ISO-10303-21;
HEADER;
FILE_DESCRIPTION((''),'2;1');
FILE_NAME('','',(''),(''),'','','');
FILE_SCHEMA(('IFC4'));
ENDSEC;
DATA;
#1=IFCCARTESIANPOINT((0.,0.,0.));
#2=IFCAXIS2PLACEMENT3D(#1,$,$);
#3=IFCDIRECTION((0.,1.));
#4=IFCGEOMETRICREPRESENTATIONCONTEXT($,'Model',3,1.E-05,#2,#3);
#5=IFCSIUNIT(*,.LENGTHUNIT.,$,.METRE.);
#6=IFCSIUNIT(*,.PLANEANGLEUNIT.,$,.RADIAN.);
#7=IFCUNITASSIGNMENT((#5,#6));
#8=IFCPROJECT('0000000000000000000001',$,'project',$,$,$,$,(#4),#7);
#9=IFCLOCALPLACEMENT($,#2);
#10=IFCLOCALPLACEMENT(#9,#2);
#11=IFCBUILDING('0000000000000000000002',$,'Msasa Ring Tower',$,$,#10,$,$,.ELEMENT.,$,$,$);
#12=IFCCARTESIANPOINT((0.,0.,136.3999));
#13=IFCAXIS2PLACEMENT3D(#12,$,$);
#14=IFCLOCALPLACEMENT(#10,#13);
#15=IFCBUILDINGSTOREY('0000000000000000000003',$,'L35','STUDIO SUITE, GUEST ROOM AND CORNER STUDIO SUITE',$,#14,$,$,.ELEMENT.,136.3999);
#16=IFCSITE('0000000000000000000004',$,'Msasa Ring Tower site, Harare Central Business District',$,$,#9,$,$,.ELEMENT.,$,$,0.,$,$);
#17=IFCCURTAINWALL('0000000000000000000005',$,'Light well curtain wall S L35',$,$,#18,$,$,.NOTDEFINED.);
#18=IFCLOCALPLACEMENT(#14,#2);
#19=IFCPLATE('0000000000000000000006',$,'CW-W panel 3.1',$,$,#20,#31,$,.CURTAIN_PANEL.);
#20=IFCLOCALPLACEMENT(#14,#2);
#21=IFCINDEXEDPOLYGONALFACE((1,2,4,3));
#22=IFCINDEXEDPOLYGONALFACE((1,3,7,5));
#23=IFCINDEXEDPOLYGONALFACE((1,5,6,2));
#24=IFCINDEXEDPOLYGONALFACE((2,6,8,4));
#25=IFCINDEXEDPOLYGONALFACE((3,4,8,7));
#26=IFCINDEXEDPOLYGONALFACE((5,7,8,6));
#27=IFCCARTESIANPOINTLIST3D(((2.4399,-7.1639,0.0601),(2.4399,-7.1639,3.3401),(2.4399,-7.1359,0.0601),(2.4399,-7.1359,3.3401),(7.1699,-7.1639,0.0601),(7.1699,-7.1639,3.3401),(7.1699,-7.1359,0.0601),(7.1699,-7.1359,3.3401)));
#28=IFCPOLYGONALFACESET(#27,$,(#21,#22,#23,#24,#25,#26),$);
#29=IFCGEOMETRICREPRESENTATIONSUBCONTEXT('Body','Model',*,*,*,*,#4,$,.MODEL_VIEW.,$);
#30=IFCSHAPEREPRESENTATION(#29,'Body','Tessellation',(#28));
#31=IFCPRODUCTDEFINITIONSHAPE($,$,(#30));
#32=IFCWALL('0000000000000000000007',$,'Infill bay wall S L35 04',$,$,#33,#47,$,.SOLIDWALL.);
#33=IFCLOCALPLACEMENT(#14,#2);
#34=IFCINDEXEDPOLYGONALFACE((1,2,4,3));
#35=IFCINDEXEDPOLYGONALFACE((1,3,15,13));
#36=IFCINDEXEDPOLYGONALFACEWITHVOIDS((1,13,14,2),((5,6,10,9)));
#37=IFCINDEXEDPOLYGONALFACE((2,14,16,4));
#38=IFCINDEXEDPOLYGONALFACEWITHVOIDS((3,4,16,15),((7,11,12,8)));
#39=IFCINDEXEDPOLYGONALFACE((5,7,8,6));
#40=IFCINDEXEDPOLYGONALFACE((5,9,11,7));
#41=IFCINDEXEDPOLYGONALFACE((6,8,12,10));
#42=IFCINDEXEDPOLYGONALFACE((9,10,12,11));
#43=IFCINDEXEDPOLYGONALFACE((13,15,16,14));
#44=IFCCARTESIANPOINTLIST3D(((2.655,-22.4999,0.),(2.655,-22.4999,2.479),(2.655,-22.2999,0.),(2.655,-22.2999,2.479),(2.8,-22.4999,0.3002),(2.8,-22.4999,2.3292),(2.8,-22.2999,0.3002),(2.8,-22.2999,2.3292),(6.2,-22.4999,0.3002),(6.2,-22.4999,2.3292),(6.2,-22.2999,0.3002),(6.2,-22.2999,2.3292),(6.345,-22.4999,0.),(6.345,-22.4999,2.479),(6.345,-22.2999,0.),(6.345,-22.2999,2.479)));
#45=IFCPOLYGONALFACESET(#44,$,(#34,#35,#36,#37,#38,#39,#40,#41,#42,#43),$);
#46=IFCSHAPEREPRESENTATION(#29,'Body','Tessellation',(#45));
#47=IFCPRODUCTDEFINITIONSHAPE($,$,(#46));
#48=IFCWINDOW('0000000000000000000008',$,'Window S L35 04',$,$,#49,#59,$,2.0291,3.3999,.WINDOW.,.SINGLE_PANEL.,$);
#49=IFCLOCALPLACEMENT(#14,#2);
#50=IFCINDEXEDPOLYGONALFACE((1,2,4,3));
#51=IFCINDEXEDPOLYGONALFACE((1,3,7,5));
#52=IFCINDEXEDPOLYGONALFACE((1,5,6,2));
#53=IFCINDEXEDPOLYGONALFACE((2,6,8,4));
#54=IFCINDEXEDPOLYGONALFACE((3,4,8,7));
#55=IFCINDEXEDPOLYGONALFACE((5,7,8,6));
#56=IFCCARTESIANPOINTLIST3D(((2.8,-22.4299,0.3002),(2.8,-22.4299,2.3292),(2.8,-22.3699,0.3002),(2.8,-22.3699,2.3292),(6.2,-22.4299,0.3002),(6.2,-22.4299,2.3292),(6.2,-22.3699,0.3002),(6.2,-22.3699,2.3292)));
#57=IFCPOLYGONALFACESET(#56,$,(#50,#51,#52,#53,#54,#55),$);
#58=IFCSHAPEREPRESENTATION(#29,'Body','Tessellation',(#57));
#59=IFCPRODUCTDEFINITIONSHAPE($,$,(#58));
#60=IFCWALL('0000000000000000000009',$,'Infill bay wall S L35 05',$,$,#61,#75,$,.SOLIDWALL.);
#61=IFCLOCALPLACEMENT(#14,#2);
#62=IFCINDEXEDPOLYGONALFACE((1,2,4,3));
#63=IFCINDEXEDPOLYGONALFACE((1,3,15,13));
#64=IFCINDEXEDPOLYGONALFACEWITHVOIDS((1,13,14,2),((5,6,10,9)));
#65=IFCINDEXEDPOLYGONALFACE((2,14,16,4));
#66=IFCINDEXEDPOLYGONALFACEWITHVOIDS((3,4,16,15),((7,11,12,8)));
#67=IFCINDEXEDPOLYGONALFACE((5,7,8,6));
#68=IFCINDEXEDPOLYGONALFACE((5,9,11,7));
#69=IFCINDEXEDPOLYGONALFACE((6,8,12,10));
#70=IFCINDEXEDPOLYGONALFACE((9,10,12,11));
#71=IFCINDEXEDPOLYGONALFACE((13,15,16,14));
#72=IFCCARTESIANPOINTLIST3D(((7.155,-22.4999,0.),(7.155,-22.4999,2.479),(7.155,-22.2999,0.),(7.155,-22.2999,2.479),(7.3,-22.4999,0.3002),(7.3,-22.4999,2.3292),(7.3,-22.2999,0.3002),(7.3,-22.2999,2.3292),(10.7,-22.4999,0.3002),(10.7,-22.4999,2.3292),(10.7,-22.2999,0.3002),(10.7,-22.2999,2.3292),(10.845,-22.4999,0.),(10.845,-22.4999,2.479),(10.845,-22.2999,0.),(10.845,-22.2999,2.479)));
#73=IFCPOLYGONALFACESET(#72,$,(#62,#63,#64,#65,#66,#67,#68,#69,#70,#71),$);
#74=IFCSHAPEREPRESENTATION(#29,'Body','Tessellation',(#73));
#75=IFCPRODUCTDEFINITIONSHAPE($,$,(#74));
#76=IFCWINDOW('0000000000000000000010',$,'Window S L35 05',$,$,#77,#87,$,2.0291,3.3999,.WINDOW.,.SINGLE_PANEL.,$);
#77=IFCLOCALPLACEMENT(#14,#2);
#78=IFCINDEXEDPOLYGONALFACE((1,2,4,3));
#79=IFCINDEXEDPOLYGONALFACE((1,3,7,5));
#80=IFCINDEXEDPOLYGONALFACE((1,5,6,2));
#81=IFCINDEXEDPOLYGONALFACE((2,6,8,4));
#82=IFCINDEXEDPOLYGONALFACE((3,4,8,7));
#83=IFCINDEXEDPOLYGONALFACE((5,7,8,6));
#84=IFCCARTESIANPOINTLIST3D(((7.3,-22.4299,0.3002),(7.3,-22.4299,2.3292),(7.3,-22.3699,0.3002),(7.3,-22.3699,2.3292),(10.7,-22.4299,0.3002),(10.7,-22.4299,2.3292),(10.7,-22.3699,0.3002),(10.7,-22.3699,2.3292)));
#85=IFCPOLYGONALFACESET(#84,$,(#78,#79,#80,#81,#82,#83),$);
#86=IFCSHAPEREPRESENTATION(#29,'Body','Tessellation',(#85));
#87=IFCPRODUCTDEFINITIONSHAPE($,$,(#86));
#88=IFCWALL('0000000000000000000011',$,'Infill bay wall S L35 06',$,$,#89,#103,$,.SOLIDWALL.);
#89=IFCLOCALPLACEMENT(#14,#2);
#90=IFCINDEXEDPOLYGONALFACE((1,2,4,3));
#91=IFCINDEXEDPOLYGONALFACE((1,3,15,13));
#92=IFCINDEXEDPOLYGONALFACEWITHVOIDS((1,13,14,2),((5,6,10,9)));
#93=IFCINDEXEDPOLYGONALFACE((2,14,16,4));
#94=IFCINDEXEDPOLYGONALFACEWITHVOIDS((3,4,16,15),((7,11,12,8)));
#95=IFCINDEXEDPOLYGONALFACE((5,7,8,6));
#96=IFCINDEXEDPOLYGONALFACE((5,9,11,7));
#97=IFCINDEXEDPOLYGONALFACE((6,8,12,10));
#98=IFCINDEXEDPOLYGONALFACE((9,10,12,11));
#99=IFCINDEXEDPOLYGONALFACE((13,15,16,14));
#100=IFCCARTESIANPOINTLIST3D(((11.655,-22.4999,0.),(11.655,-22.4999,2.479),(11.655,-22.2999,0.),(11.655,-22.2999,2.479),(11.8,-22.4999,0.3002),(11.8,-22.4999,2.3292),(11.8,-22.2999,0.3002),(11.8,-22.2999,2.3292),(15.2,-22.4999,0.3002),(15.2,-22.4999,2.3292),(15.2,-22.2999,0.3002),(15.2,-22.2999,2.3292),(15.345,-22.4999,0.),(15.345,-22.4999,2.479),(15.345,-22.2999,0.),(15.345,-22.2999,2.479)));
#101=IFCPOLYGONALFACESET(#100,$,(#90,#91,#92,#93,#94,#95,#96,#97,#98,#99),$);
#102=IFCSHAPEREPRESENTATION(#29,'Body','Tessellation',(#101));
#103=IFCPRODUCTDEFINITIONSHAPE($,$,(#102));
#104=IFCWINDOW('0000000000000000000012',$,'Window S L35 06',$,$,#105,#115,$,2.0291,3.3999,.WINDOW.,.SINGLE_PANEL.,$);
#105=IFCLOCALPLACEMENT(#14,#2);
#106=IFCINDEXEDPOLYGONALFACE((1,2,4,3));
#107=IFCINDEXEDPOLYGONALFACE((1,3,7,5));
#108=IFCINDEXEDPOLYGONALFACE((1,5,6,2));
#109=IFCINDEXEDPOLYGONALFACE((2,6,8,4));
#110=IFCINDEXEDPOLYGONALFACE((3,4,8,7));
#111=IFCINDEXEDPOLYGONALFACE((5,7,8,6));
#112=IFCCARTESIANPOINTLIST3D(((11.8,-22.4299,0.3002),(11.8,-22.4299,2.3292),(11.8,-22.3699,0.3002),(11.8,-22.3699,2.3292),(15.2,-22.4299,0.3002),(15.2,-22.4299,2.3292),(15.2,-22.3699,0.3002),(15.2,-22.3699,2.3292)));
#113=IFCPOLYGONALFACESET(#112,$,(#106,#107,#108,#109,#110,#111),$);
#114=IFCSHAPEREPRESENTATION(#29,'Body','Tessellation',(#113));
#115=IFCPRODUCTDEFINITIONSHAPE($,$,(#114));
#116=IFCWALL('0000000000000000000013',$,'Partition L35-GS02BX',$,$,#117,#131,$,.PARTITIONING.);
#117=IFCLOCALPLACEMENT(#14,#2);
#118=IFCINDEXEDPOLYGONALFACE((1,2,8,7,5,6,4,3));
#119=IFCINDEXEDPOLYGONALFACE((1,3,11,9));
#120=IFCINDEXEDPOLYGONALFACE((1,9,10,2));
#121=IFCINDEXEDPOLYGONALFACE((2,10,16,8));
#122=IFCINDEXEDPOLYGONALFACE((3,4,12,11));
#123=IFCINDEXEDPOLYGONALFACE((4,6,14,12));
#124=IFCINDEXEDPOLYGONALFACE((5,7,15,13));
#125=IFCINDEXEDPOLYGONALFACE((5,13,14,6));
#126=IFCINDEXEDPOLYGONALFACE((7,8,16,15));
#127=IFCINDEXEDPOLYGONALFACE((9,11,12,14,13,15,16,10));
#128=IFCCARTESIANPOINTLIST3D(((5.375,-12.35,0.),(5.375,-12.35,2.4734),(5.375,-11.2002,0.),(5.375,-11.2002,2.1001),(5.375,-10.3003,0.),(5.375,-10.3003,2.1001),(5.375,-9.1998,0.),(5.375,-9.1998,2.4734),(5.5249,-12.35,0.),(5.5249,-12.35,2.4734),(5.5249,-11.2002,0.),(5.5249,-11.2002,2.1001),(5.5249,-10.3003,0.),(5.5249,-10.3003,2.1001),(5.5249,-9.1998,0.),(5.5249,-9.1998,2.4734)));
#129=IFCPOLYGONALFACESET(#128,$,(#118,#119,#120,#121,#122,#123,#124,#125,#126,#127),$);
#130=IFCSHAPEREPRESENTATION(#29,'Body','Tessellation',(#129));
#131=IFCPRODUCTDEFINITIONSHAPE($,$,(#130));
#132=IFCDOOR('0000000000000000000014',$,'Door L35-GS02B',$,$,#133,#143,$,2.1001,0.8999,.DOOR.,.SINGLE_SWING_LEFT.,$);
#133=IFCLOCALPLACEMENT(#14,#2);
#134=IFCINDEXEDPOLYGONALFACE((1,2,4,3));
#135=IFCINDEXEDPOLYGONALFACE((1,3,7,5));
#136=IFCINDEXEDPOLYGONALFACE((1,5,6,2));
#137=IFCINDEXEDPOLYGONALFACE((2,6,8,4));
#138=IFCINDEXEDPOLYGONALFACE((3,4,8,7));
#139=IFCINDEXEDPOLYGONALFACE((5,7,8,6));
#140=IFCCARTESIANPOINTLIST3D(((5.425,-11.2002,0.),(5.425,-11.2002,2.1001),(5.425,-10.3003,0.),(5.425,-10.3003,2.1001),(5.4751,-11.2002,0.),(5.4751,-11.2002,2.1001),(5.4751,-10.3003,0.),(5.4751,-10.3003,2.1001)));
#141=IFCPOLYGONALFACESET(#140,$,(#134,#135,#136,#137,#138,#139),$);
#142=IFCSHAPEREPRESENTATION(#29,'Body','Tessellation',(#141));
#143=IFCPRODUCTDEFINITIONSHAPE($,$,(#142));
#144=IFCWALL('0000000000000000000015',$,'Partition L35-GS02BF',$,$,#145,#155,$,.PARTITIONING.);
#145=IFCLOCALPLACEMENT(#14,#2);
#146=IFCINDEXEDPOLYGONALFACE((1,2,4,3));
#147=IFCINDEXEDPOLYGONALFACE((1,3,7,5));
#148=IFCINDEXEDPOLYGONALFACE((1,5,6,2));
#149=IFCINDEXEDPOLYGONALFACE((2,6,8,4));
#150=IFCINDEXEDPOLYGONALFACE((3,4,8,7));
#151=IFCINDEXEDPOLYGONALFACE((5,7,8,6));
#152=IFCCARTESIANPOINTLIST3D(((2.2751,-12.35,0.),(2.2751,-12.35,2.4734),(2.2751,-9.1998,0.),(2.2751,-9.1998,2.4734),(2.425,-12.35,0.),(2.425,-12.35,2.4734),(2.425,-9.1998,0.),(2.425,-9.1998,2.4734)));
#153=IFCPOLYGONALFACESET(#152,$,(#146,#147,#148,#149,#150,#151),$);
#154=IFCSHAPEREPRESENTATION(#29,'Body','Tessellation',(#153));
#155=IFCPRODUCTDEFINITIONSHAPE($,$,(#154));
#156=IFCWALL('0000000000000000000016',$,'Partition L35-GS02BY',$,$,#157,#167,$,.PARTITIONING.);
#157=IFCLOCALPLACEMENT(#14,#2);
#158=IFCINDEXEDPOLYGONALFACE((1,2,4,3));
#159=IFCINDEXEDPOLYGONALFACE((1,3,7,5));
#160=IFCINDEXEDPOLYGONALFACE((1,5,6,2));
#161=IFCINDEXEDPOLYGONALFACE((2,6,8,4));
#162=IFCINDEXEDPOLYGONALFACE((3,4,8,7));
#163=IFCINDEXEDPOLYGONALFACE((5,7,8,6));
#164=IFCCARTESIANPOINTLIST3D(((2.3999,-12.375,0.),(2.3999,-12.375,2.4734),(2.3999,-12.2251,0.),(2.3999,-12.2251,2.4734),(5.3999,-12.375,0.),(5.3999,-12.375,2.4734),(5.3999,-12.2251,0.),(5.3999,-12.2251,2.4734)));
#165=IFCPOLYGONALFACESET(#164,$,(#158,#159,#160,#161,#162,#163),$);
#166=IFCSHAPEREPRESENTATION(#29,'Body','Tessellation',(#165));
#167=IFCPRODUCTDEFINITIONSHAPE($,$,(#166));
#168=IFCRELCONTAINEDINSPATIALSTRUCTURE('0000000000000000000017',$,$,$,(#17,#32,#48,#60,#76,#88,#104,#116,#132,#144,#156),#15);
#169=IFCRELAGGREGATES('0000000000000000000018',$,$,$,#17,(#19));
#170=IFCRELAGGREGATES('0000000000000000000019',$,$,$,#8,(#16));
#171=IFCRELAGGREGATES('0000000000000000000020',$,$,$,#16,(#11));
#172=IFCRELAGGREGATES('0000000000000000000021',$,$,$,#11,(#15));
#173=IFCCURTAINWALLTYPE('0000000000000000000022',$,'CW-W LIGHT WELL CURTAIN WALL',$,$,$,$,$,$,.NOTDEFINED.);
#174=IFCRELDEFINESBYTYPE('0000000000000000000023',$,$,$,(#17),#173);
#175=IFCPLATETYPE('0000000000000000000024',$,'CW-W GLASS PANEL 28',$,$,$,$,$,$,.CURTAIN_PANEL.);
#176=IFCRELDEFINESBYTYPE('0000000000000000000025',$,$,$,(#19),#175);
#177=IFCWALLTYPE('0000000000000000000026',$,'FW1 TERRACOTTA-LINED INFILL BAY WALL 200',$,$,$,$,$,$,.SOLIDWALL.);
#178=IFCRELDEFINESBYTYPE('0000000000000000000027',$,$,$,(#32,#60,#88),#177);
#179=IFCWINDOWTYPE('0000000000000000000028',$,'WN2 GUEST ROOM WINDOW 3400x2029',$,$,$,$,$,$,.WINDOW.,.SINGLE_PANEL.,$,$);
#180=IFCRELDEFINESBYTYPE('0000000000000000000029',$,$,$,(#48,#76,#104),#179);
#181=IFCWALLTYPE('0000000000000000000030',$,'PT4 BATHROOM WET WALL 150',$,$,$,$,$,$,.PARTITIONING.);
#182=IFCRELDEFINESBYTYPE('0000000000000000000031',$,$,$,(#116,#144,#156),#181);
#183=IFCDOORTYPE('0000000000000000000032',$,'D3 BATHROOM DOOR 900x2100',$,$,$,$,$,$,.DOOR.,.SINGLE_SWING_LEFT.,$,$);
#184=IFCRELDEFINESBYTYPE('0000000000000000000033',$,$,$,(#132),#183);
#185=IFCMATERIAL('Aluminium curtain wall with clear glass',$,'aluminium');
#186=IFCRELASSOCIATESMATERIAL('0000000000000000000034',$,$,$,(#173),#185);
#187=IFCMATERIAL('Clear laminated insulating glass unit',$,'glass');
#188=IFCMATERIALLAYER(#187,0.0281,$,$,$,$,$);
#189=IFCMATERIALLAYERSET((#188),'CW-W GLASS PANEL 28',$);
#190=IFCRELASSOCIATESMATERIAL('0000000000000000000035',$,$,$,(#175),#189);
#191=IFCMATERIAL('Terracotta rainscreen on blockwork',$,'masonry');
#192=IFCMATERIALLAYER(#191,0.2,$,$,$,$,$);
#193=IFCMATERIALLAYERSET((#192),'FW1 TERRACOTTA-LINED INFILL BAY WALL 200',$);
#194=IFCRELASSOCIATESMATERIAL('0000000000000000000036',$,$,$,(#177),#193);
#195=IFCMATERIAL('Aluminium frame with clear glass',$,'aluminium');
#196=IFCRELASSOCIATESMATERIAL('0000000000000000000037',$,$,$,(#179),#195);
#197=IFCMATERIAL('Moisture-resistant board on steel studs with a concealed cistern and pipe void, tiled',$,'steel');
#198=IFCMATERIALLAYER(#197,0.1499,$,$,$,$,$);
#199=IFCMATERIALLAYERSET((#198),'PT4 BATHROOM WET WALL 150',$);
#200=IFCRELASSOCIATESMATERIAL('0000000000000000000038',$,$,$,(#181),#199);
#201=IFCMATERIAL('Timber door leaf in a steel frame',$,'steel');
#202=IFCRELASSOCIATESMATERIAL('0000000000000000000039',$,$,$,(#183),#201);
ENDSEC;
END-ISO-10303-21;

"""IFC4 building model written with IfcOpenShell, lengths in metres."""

from ifc_helpers import new_model, si_unit, direction, frame, frame_2d, origin, origin_2d, place, context, subcontext, project, spatial, rectangle, extrude, material, layer, layer_set, type_object, element, fill, aggregate, save


model = new_model("IFC4")

# Units and contexts
model_context = context("Model", 3, precision=1e-05, world=origin(), true_north=direction((0.0, 1.0)))
body_context = subcontext(model_context, "Body", "Model", "MODEL_VIEW")
ifc_project = project(units=[si_unit("LENGTHUNIT", "METRE"), si_unit("PLANEANGLEUNIT", "RADIAN")], contexts=[model_context])

# Site, building, storey
site_placement = place(None, origin())
site = spatial("IfcSite", under=ifc_project, at=site_placement, Name="Msasa Ring Tower site, Harare Central Business District", CompositionType="ELEMENT", RefElevation=0.0)
building_placement = place(site_placement, origin())
building = spatial("IfcBuilding", under=site, at=building_placement, Name="Msasa Ring Tower", CompositionType="ELEMENT")
storey_placement = place(building_placement, frame((0.0, 0.0, 136.3999)))
storey = spatial("IfcBuildingStorey", under=building, at=storey_placement, Name="L35", Description="STUDIO SUITE, GUEST ROOM AND CORNER STUDIO SUITE", CompositionType="ELEMENT", Elevation=136.3999)

# Curtain wall
ifc_material_1 = material(Name="Aluminium curtain wall with clear glass", Category="aluminium")
curtain_wall_type = type_object("IfcCurtainWallType", Name="CW-W LIGHT WELL CURTAIN WALL", PredefinedType="NOTDEFINED", material=ifc_material_1)
curtain_wall_placement = place(storey_placement, origin())
curtain_wall = element("IfcCurtainWall", 1, at=curtain_wall_placement, inside=storey, type_object=curtain_wall_type, Name="Light well curtain wall S L35", PredefinedType="NOTDEFINED")

# Plate
ifc_material_2 = material(Name="Clear laminated insulating glass unit", Category="glass")
ifc_layer_1 = layer(ifc_material_2, 0.0281)
ifc_layer_set_1 = layer_set([ifc_layer_1], Name="CW-W GLASS PANEL 28")
plate_type = type_object("IfcPlateType", Name="CW-W GLASS PANEL 28", PredefinedType="CURTAIN_PANEL", material=ifc_layer_set_1)
plate_placement = place(storey_placement, frame((4.8049, -7.1499, 0.0601), z_axis=(0.0, 0.0, 1.0), x_axis=(1.0, 0.0, 0.0)))
plate = element("IfcPlate", 2, at=plate_placement, type_object=plate_type, Name="CW-W panel 3.1", PredefinedType="CURTAIN_PANEL", context=body_context, shape_type="SweptSolid", body=[
    extrude(rectangle(XDim=4.73, YDim=0.0281, at=origin_2d()), origin(), (0.0, 0.0, 1.0), 3.28),
])
aggregate(curtain_wall, [plate])

# Walls, openings, windows
ifc_material_3 = material(Name="Terracotta rainscreen on blockwork", Category="masonry")
ifc_layer_2 = layer(ifc_material_3, 0.2)
ifc_layer_set_2 = layer_set([ifc_layer_2], Name="FW1 TERRACOTTA-LINED INFILL BAY WALL 200")
wall_type_1 = type_object("IfcWallType", Name="FW1 TERRACOTTA-LINED INFILL BAY WALL 200", PredefinedType="SOLIDWALL", material=ifc_layer_set_2)
wall_1_placement = place(storey_placement, frame((2.655, -22.3999, 0.0), z_axis=(0.0, 0.0, 1.0), x_axis=(1.0, 0.0, 0.0)))
wall_1 = element("IfcWall", 3, at=wall_1_placement, inside=storey, type_object=wall_type_1, Name="Infill bay wall S L35 04", PredefinedType="SOLIDWALL", context=body_context, shape_type="SweptSolid", body=[
    extrude(rectangle(XDim=3.6899, YDim=0.2, at=frame_2d((1.845, 0.0))), origin(), (0.0, 0.0, 1.0), 2.479),
])
opening_1_placement = place(wall_1_placement, frame((0.145, 0.0, 0.3)))
opening_1 = element("IfcOpeningElement", 4, at=opening_1_placement, cuts=wall_1, PredefinedType="OPENING", context=body_context, shape_type="SweptSolid", body=[
    extrude(rectangle(XDim=3.3999, YDim=2.0291, at=frame_2d((1.7, 1.0146))), frame((0.0, 0.1099, 0.0), z_axis=(0.0, -1.0, 0.0), x_axis=(1.0, 0.0, 0.0)), (0.0, 0.0, 1.0), 0.22),
])
ifc_material_4 = material(Name="Aluminium frame with clear glass", Category="aluminium")
window_type = type_object("IfcWindowType", Name="WN2 GUEST ROOM WINDOW 3400x2029", PartitioningType="SINGLE_PANEL", PredefinedType="WINDOW", material=ifc_material_4)
window_1_placement = place(opening_1_placement, origin())
window_1 = element("IfcWindow", 5, at=window_1_placement, inside=storey, type_object=window_type, Name="Window S L35 04", OverallHeight=2.0291, OverallWidth=3.3999, PartitioningType="SINGLE_PANEL", PredefinedType="WINDOW", context=body_context, shape_type="SweptSolid", body=[
    extrude(rectangle(XDim=3.3999, YDim=2.0291, at=frame_2d((1.7, 1.0146))), frame((0.0, 0.03, 0.0), z_axis=(0.0, -1.0, 0.0), x_axis=(1.0, 0.0, 0.0)), (0.0, 0.0, 1.0), 0.0601),
])
fill(opening_1, window_1)
wall_2_placement = place(storey_placement, frame((7.155, -22.3999, 0.0), z_axis=(0.0, 0.0, 1.0), x_axis=(1.0, 0.0, 0.0)))
wall_2 = element("IfcWall", 6, at=wall_2_placement, inside=storey, type_object=wall_type_1, Name="Infill bay wall S L35 05", PredefinedType="SOLIDWALL", context=body_context, shape_type="SweptSolid", body=[
    extrude(rectangle(XDim=3.6899, YDim=0.2, at=frame_2d((1.845, 0.0))), origin(), (0.0, 0.0, 1.0), 2.479),
])
opening_2_placement = place(wall_2_placement, frame((0.145, 0.0, 0.3)))
opening_2 = element("IfcOpeningElement", 7, at=opening_2_placement, cuts=wall_2, PredefinedType="OPENING", context=body_context, shape_type="SweptSolid", body=[
    extrude(rectangle(XDim=3.3999, YDim=2.0291, at=frame_2d((1.7, 1.0146))), frame((0.0, 0.1099, 0.0), z_axis=(0.0, -1.0, 0.0), x_axis=(1.0, 0.0, 0.0)), (0.0, 0.0, 1.0), 0.22),
])
window_2_placement = place(opening_2_placement, origin())
window_2 = element("IfcWindow", 8, at=window_2_placement, inside=storey, type_object=window_type, Name="Window S L35 05", OverallHeight=2.0291, OverallWidth=3.3999, PartitioningType="SINGLE_PANEL", PredefinedType="WINDOW", context=body_context, shape_type="SweptSolid", body=[
    extrude(rectangle(XDim=3.3999, YDim=2.0291, at=frame_2d((1.7, 1.0146))), frame((0.0, 0.03, 0.0), z_axis=(0.0, -1.0, 0.0), x_axis=(1.0, 0.0, 0.0)), (0.0, 0.0, 1.0), 0.0601),
])
fill(opening_2, window_2)
wall_3_placement = place(storey_placement, frame((11.655, -22.3999, 0.0), z_axis=(0.0, 0.0, 1.0), x_axis=(1.0, 0.0, 0.0)))
wall_3 = element("IfcWall", 9, at=wall_3_placement, inside=storey, type_object=wall_type_1, Name="Infill bay wall S L35 06", PredefinedType="SOLIDWALL", context=body_context, shape_type="SweptSolid", body=[
    extrude(rectangle(XDim=3.6899, YDim=0.2, at=frame_2d((1.845, 0.0))), origin(), (0.0, 0.0, 1.0), 2.479),
])
opening_3_placement = place(wall_3_placement, frame((0.145, 0.0, 0.3)))
opening_3 = element("IfcOpeningElement", 10, at=opening_3_placement, cuts=wall_3, PredefinedType="OPENING", context=body_context, shape_type="SweptSolid", body=[
    extrude(rectangle(XDim=3.3999, YDim=2.0291, at=frame_2d((1.7, 1.0146))), frame((0.0, 0.1099, 0.0), z_axis=(0.0, -1.0, 0.0), x_axis=(1.0, 0.0, 0.0)), (0.0, 0.0, 1.0), 0.22),
])
window_3_placement = place(opening_3_placement, origin())
window_3 = element("IfcWindow", 11, at=window_3_placement, inside=storey, type_object=window_type, Name="Window S L35 06", OverallHeight=2.0291, OverallWidth=3.3999, PartitioningType="SINGLE_PANEL", PredefinedType="WINDOW", context=body_context, shape_type="SweptSolid", body=[
    extrude(rectangle(XDim=3.3999, YDim=2.0291, at=frame_2d((1.7, 1.0146))), frame((0.0, 0.03, 0.0), z_axis=(0.0, -1.0, 0.0), x_axis=(1.0, 0.0, 0.0)), (0.0, 0.0, 1.0), 0.0601),
])
fill(opening_3, window_3)

# Wall, opening, door
ifc_material_5 = material(Name="Moisture-resistant board on steel studs with a concealed cistern and pipe void, tiled", Category="steel")
ifc_layer_3 = layer(ifc_material_5, 0.1499)
ifc_layer_set_3 = layer_set([ifc_layer_3], Name="PT4 BATHROOM WET WALL 150")
wall_type_2 = type_object("IfcWallType", Name="PT4 BATHROOM WET WALL 150", PredefinedType="PARTITIONING", material=ifc_layer_set_3)
wall_4_placement = place(storey_placement, frame((5.45, -12.3501, 0.0), z_axis=(0.0, 0.0, 1.0), x_axis=(0.0, 1.0, 0.0)))
wall_4 = element("IfcWall", 12, at=wall_4_placement, inside=storey, type_object=wall_type_2, Name="Partition L35-GS02BX", PredefinedType="PARTITIONING", context=body_context, shape_type="SweptSolid", body=[
    extrude(rectangle(XDim=3.1501, YDim=0.1499, at=frame_2d((1.5752, 0.0))), origin(), (0.0, 0.0, 1.0), 2.4734),
])
opening_4_placement = place(wall_4_placement, frame((1.1499, 0.0, 0.0)))
opening_4 = element("IfcOpeningElement", 13, at=opening_4_placement, cuts=wall_4, PredefinedType="OPENING", context=body_context, shape_type="SweptSolid", body=[
    extrude(rectangle(XDim=0.8999, YDim=2.1001, at=frame_2d((0.45, 1.05))), frame((0.0, 0.085, 0.0), z_axis=(0.0, -1.0, 0.0), x_axis=(1.0, 0.0, 0.0)), (0.0, 0.0, 1.0), 0.1699),
])
ifc_material_6 = material(Name="Timber door leaf in a steel frame", Category="steel")
door_type = type_object("IfcDoorType", Name="D3 BATHROOM DOOR 900x2100", OperationType="SINGLE_SWING_LEFT", PredefinedType="DOOR", material=ifc_material_6)
door_1_placement = place(opening_4_placement, origin())
door_1 = element("IfcDoor", 14, at=door_1_placement, inside=storey, type_object=door_type, Name="Door L35-GS02B", OperationType="SINGLE_SWING_LEFT", OverallHeight=2.1001, OverallWidth=0.8999, PredefinedType="DOOR", context=body_context, shape_type="SweptSolid", body=[
    extrude(rectangle(XDim=0.8999, YDim=2.1001, at=frame_2d((0.45, 1.05))), frame((0.0, 0.0249, 0.0), z_axis=(0.0, -1.0, 0.0), x_axis=(1.0, 0.0, 0.0)), (0.0, 0.0, 1.0), 0.05),
])
fill(opening_4, door_1)

# Walls
wall_5_placement = place(storey_placement, frame((2.3501, -12.3501, 0.0), z_axis=(0.0, 0.0, 1.0), x_axis=(0.0, 1.0, 0.0)))
element("IfcWall", 15, at=wall_5_placement, inside=storey, type_object=wall_type_2, Name="Partition L35-GS02BF", PredefinedType="PARTITIONING", context=body_context, shape_type="SweptSolid", body=[
    extrude(rectangle(XDim=3.1501, YDim=0.1499, at=frame_2d((1.5752, 0.0))), origin(), (0.0, 0.0, 1.0), 2.4734),
])
wall_6_placement = place(storey_placement, frame((2.3999, -12.3, 0.0), z_axis=(0.0, 0.0, 1.0), x_axis=(1.0, 0.0, 0.0)))
element("IfcWall", 16, at=wall_6_placement, inside=storey, type_object=wall_type_2, Name="Partition L35-GS02BY", PredefinedType="PARTITIONING", context=body_context, shape_type="SweptSolid", body=[
    extrude(rectangle(XDim=3.0, YDim=0.1499, at=frame_2d((1.5, 0.0))), origin(), (0.0, 0.0, 1.0), 2.4734),
])

save(model, "model.ifc")
